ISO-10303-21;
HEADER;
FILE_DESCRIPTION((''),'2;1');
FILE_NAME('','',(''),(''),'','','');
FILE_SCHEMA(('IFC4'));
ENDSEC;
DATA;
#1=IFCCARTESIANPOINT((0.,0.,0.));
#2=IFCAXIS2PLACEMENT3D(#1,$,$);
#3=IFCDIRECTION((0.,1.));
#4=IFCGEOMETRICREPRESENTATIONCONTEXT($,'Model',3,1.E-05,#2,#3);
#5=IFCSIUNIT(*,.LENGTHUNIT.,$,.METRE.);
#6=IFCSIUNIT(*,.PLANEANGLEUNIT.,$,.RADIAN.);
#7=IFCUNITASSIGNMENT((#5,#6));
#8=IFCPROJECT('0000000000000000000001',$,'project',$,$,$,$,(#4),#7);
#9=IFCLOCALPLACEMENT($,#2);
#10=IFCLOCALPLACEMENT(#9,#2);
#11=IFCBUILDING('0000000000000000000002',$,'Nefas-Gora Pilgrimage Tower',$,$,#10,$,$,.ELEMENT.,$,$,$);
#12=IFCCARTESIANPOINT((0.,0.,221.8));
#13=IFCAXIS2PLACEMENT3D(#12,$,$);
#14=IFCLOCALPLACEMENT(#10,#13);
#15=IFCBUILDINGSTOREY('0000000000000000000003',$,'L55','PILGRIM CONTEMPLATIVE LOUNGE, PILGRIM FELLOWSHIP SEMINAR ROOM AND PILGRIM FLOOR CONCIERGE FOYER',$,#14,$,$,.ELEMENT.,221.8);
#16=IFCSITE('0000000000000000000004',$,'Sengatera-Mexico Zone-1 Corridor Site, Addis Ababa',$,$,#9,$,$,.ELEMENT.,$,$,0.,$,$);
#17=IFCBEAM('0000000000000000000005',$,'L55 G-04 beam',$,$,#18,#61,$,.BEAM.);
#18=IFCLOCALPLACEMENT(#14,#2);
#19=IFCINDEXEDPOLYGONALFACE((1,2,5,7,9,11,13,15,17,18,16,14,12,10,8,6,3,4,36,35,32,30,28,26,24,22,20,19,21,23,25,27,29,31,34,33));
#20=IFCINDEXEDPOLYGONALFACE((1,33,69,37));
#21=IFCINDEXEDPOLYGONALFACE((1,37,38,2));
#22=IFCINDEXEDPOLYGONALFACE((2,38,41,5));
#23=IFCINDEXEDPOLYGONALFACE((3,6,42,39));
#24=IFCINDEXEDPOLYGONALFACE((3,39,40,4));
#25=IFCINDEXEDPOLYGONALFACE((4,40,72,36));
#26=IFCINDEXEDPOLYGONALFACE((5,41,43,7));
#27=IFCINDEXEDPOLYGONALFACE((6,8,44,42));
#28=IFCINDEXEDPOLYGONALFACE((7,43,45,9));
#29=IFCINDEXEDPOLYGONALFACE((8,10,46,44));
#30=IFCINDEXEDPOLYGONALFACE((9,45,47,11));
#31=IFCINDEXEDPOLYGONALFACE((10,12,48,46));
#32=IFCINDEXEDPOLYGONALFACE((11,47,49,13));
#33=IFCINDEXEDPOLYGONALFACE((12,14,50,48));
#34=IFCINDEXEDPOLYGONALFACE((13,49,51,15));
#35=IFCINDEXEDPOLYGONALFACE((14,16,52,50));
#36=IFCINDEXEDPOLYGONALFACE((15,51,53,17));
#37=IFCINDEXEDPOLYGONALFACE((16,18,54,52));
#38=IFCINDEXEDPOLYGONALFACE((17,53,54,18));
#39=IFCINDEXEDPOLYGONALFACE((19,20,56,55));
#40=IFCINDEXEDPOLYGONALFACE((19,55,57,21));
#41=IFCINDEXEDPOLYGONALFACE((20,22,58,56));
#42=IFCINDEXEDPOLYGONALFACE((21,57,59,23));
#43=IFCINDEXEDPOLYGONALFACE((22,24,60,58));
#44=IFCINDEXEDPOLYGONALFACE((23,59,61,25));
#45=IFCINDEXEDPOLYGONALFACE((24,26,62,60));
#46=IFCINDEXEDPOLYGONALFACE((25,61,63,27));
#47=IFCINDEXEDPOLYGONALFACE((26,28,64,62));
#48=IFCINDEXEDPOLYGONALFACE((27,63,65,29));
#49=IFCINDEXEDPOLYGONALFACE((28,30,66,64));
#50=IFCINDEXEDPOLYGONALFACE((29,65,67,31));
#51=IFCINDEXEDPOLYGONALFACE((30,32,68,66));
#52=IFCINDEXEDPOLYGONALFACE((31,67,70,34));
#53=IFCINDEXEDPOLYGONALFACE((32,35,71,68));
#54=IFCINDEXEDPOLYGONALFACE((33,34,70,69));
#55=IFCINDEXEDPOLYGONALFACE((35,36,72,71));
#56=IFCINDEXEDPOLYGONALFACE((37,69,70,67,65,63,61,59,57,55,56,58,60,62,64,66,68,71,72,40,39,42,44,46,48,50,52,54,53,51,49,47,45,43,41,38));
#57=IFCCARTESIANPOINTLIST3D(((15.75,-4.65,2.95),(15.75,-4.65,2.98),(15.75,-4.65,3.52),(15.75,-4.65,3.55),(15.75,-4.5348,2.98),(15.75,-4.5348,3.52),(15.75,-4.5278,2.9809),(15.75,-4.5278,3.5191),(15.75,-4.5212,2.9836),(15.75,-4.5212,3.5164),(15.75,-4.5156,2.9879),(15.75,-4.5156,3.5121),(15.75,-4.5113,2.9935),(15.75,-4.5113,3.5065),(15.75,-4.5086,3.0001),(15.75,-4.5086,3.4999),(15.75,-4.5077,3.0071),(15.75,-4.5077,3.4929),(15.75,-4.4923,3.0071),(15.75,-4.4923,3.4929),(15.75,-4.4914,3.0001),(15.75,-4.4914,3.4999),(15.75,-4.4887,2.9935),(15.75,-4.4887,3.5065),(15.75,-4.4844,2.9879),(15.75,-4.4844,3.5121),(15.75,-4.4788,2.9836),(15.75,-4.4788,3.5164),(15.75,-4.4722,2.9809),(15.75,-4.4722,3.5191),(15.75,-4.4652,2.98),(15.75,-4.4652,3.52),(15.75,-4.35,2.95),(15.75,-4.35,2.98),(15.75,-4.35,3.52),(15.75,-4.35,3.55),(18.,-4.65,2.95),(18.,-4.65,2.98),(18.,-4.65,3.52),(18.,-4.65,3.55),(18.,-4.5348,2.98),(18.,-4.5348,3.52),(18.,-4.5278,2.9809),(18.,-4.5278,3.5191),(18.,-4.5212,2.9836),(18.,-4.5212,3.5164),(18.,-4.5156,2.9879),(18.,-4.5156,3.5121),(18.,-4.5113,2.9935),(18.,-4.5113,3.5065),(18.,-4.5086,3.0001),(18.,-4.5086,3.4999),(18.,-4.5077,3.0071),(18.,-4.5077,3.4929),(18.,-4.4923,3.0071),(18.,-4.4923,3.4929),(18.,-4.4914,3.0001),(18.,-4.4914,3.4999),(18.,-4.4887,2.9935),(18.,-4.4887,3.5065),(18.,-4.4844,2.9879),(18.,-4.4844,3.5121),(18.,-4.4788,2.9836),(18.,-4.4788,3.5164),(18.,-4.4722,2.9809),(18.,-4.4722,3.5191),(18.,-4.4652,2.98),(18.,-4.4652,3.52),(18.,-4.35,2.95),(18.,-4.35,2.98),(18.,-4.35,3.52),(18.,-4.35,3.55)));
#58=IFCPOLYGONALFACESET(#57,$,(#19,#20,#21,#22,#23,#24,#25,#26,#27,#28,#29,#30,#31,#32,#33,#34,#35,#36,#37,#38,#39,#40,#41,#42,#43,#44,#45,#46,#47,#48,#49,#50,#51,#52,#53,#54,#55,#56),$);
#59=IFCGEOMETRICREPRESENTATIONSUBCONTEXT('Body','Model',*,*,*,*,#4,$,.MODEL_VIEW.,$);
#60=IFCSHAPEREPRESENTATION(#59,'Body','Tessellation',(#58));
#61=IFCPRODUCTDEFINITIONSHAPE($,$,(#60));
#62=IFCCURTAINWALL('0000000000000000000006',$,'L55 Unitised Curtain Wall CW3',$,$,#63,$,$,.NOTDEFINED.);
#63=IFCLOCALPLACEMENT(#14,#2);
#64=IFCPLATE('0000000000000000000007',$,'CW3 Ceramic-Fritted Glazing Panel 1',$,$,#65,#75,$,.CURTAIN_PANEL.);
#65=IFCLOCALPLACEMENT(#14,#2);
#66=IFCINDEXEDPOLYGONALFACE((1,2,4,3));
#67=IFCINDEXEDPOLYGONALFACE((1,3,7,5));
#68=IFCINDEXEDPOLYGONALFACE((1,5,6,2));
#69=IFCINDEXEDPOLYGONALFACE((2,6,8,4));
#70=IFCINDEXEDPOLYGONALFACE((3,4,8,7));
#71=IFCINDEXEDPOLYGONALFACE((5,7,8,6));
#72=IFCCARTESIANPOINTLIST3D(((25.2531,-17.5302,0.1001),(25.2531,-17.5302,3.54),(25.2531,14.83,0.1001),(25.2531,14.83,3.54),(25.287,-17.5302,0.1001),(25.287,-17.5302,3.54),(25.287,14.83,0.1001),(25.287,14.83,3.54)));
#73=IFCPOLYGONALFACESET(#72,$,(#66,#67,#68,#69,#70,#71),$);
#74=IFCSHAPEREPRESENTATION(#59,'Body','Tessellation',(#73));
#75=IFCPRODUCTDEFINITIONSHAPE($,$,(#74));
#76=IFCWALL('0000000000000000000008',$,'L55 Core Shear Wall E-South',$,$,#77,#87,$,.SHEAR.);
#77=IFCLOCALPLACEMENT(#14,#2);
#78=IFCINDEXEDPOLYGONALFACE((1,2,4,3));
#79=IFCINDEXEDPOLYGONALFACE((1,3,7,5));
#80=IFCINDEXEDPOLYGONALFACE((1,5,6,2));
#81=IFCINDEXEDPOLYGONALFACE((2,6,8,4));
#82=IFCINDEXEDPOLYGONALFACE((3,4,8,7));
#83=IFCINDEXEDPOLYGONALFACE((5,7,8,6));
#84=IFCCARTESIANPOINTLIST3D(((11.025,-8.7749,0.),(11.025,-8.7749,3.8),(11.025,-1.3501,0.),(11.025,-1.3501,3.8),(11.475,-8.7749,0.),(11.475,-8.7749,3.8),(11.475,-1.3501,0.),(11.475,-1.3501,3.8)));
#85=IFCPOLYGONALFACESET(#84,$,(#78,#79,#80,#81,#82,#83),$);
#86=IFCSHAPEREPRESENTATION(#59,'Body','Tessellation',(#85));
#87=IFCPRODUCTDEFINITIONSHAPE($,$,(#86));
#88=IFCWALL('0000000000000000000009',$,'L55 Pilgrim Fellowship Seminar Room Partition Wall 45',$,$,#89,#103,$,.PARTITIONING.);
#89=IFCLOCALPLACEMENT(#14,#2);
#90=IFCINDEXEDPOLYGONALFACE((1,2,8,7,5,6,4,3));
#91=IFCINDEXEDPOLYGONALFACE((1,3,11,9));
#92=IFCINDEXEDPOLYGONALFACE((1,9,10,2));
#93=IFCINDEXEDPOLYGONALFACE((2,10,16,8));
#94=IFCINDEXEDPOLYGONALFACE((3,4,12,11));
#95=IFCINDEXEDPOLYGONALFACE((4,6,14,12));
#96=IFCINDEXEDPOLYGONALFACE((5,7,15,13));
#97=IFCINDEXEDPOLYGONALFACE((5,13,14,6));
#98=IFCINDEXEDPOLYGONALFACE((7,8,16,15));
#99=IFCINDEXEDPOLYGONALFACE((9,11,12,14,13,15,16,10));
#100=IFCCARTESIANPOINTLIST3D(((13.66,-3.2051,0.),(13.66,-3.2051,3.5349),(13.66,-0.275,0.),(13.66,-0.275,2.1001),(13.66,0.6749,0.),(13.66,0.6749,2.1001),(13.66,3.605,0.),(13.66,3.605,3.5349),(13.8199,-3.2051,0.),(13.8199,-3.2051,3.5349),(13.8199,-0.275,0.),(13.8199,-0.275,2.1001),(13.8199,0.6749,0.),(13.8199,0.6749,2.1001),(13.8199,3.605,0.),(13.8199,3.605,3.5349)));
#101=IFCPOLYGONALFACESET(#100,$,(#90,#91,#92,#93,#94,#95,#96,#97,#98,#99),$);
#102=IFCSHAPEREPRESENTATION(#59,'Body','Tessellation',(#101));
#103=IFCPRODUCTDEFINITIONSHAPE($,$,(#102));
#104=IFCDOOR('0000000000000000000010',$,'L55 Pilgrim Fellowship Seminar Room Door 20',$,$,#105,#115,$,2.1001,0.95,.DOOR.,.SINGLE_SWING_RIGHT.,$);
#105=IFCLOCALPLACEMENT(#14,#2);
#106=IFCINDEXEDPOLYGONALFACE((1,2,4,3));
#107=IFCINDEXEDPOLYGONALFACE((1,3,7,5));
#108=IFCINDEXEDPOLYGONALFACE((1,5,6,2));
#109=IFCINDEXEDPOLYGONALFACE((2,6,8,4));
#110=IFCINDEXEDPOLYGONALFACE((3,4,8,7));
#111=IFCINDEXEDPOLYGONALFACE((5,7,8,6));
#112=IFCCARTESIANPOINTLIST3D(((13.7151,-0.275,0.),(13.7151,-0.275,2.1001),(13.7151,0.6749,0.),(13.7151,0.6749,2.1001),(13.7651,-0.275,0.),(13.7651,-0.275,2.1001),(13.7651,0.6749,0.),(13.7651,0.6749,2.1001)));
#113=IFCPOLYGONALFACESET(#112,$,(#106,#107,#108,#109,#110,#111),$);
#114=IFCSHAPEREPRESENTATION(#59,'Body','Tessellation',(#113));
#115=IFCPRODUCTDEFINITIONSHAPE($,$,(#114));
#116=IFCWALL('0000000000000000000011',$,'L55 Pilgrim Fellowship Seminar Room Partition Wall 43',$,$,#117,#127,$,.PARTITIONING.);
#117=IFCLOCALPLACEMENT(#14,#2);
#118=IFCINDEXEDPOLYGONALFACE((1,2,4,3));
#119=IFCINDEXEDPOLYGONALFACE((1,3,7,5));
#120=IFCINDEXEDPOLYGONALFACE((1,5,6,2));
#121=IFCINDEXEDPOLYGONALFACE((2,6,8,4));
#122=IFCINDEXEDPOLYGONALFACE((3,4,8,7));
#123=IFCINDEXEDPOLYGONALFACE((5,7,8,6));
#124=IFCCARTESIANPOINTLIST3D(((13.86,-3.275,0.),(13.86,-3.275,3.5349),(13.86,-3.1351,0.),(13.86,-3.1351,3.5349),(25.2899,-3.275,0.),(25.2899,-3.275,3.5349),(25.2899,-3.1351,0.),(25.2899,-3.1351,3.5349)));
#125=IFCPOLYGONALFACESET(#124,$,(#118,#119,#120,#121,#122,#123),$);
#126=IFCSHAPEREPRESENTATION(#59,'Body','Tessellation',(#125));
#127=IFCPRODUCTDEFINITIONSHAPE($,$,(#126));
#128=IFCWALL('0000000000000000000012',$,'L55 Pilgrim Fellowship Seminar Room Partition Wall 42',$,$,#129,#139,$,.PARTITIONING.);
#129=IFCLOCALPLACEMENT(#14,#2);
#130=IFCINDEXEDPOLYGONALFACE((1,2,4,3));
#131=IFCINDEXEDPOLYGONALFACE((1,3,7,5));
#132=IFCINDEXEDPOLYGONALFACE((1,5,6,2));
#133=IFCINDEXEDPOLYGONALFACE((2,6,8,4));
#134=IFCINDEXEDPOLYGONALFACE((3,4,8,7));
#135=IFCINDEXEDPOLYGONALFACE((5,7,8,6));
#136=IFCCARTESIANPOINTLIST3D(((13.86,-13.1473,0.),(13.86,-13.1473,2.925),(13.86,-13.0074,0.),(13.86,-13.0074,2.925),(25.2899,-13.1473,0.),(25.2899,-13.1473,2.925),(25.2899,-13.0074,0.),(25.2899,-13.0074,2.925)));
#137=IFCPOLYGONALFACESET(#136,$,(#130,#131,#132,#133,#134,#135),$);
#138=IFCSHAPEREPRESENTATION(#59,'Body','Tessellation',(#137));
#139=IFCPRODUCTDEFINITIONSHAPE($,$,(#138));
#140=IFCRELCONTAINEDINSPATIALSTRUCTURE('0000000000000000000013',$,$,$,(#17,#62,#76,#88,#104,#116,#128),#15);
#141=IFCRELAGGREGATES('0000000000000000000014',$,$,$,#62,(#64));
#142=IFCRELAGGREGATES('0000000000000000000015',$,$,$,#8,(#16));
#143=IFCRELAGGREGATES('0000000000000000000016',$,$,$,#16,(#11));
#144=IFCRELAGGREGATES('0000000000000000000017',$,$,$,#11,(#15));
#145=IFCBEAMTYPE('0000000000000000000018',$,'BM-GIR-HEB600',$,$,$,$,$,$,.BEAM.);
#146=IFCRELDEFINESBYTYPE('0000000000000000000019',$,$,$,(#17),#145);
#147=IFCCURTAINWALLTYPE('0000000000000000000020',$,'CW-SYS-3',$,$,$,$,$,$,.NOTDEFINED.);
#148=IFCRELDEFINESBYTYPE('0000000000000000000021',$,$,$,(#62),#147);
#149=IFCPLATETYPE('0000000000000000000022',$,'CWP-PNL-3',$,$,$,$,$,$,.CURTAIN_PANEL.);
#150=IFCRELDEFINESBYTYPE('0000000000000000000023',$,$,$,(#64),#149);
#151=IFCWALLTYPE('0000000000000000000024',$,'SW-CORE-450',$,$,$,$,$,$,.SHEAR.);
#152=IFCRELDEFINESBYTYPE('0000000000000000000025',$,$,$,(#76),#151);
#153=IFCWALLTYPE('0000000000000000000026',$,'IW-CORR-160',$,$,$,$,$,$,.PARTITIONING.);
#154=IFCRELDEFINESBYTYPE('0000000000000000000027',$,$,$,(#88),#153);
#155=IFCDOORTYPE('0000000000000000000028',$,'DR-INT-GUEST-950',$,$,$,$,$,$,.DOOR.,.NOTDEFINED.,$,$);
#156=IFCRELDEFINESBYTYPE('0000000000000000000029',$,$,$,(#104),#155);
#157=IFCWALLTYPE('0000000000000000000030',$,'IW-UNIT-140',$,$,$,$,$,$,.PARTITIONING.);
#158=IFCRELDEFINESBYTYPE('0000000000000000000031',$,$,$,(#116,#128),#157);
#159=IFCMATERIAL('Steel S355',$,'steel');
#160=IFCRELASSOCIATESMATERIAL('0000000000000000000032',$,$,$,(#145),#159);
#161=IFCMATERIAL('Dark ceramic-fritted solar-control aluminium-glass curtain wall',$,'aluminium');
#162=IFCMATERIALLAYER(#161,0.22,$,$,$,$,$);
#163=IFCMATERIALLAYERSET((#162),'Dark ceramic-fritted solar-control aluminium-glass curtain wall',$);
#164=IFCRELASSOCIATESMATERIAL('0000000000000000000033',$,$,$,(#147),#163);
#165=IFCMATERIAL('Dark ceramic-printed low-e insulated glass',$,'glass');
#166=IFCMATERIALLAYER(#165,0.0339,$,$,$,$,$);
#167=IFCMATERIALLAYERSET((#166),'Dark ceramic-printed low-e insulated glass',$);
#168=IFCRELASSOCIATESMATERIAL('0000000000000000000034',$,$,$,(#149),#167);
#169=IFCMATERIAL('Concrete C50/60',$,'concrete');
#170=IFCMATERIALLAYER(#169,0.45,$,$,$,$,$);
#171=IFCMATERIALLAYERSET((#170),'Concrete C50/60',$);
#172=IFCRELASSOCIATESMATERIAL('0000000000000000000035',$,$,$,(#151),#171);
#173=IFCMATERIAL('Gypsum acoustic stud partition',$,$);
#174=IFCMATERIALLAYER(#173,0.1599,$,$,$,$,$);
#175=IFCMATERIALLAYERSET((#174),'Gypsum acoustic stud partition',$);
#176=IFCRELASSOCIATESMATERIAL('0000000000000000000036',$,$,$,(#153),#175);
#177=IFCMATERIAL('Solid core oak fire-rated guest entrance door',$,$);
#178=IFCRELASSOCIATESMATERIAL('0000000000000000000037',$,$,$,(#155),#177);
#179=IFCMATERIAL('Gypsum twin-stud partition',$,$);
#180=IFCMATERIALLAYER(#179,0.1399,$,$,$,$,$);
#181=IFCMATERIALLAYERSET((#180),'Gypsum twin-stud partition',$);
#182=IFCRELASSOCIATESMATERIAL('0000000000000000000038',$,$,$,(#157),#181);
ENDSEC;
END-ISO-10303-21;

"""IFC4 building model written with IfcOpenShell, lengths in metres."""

from ifc_helpers import new_model, si_unit, direction, frame, frame_2d, origin, origin_2d, place, context, subcontext, project, spatial, rectangle, i_section, extrude, source, transform, mapped, material, layer, layer_set, material_profile, profile_set, type_object, element, fill, aggregate, save


model = new_model("IFC4")

# Units and contexts
model_context = context("Model", 3, precision=1e-05, world=origin(), true_north=direction((0.0, 1.0)))
body_context = subcontext(model_context, "Body", "Model", "MODEL_VIEW")
ifc_project = project(units=[si_unit("LENGTHUNIT", "METRE"), si_unit("PLANEANGLEUNIT", "RADIAN")], contexts=[model_context])

# Site, building, storey
site_placement = place(None, origin())
site = spatial("IfcSite", under=ifc_project, at=site_placement, Name="Sengatera-Mexico Zone-1 Corridor Site, Addis Ababa", CompositionType="ELEMENT", RefElevation=0.0)
building_placement = place(site_placement, origin())
building = spatial("IfcBuilding", under=site, at=building_placement, Name="Nefas-Gora Pilgrimage Tower", CompositionType="ELEMENT")
storey_placement = place(building_placement, frame((0.0, 0.0, 221.8)))
storey = spatial("IfcBuildingStorey", under=building, at=storey_placement, Name="L55", Description="PILGRIM CONTEMPLATIVE LOUNGE, PILGRIM FELLOWSHIP SEMINAR ROOM AND PILGRIM FLOOR CONCIERGE FOYER", CompositionType="ELEMENT", Elevation=221.8)

# Beam
ifc_material_1 = material(Name="Concrete C50/60", Category="concrete")
ifc_material_2 = material(Name="Steel S355", Category="steel")
ifc_material_profile_1 = material_profile(ifc_material_2, i_section(OverallWidth=0.3, OverallDepth=0.6001, WebThickness=0.0154, FlangeThickness=0.03, FilletRadius=0.0271, at=origin_2d()), Name="HEB 600")
ifc_profile_set_1 = profile_set([ifc_material_profile_1], Name="Steel S355")
beam_type_1 = type_object("IfcBeamType", Name="BM-GIR-HEB600", PredefinedType="BEAM", material=ifc_profile_set_1)
shared_shape_1 = source(origin(), body_context, "Body", "SweptSolid", [
    extrude(i_section(OverallWidth=0.3, OverallDepth=0.6001, WebThickness=0.0154, FlangeThickness=0.03, FilletRadius=0.0271, at=origin_2d()), origin(), (0.0, 0.0, 1.0), 2.25),
])
for number, where, z_axis, x_axis, name in (
    (1, (15.75, -4.5, 3.25), (1.0, 0.0, 0.0), (0.0, 1.0, 0.0), "L55 G-04 beam"),
):
    element("IfcBeam", number, at=place(storey_placement, frame(where, z_axis=z_axis, x_axis=x_axis)), inside=storey, type_object=beam_type_1, Name=name, PredefinedType="BEAM", context=body_context, shape_type="MappedRepresentation", body=[
        mapped(shared_shape_1, transform((0.0, 0.0, 0.0), x_axis=(1.0, 0.0, 0.0), y_axis=(0.0, 1.0, 0.0), z_axis=(0.0, 0.0, 1.0), scale=1.0)),
    ])

# Curtain wall, plate
ifc_material_3 = material(Name="Dark ceramic-fritted solar-control aluminium-glass curtain wall", Category="aluminium")
ifc_layer_1 = layer(ifc_material_3, 0.22)
ifc_layer_set_1 = layer_set([ifc_layer_1], Name="Dark ceramic-fritted solar-control aluminium-glass curtain wall")
curtain_wall_type = type_object("IfcCurtainWallType", Name="CW-SYS-3", PredefinedType="NOTDEFINED", material=ifc_layer_set_1)
curtain_wall_placement = place(storey_placement, origin())
curtain_wall = element("IfcCurtainWall", 2, at=curtain_wall_placement, inside=storey, type_object=curtain_wall_type, Name="L55 Unitised Curtain Wall CW3", PredefinedType="NOTDEFINED")
ifc_material_4 = material(Name="Dark ceramic-printed low-e insulated glass", Category="glass")
ifc_layer_2 = layer(ifc_material_4, 0.0339)
ifc_layer_set_2 = layer_set([ifc_layer_2], Name="Dark ceramic-printed low-e insulated glass")
plate_type = type_object("IfcPlateType", Name="CWP-PNL-3", PredefinedType="CURTAIN_PANEL", material=ifc_layer_set_2)
shared_shape_2 = source(origin(), body_context, "Body", "SweptSolid", [
    extrude(rectangle(XDim=32.3601, YDim=0.0339, at=origin_2d()), origin(), (0.0, 0.0, 1.0), 3.4399),
])
plate_placement = place(storey_placement, frame((25.27, -1.3501, 0.1001), z_axis=(0.0, 0.0, 1.0), x_axis=(0.0, 1.0, 0.0)))
plate = element("IfcPlate", 3, at=plate_placement, type_object=plate_type, Name="CW3 Ceramic-Fritted Glazing Panel 1", PredefinedType="CURTAIN_PANEL", context=body_context, shape_type="MappedRepresentation", body=[
    mapped(shared_shape_2, transform((0.0, 0.0, 0.0), x_axis=(1.0, 0.0, 0.0), y_axis=(0.0, 1.0, 0.0), z_axis=(0.0, 0.0, 1.0), scale=1.0)),
])
aggregate(curtain_wall, [plate])

# Wall
ifc_layer_3 = layer(ifc_material_1, 0.45)
ifc_layer_set_3 = layer_set([ifc_layer_3], Name="Concrete C50/60")
wall_type_1 = type_object("IfcWallType", Name="SW-CORE-450", PredefinedType="SHEAR", material=ifc_layer_set_3)
shared_shape_3 = source(origin(), body_context, "Body", "SweptSolid", [
    extrude(rectangle(XDim=7.4248, YDim=0.45, at=frame_2d((3.7124, 0.0))), origin(), (0.0, 0.0, 1.0), 3.8),
])
wall_1_placement = place(storey_placement, frame((11.25, -8.7749, 0.0), z_axis=(0.0, 0.0, 1.0), x_axis=(0.0, 1.0, 0.0)))
element("IfcWall", 4, at=wall_1_placement, inside=storey, type_object=wall_type_1, Name="L55 Core Shear Wall E-South", PredefinedType="SHEAR", context=body_context, shape_type="MappedRepresentation", body=[
    mapped(shared_shape_3, transform((0.0, 0.0, 0.0), x_axis=(1.0, 0.0, 0.0), y_axis=(0.0, 1.0, 0.0), z_axis=(0.0, 0.0, 1.0), scale=1.0)),
])

# Wall, opening, door
ifc_material_5 = material(Name="Gypsum acoustic stud partition")
ifc_layer_4 = layer(ifc_material_5, 0.1599)
ifc_layer_set_4 = layer_set([ifc_layer_4], Name="Gypsum acoustic stud partition")
wall_type_2 = type_object("IfcWallType", Name="IW-CORR-160", PredefinedType="PARTITIONING", material=ifc_layer_set_4)
shared_shape_4 = source(origin(), body_context, "Body", "SweptSolid", [
    extrude(rectangle(XDim=6.8101, YDim=0.1599, at=frame_2d((3.405, 0.0))), origin(), (0.0, 0.0, 1.0), 3.5349),
])
wall_2_placement = place(storey_placement, frame((13.74, -3.2051, 0.0), z_axis=(0.0, 0.0, 1.0), x_axis=(0.0, 1.0, 0.0)))
wall_2 = element("IfcWall", 5, at=wall_2_placement, inside=storey, type_object=wall_type_2, Name="L55 Pilgrim Fellowship Seminar Room Partition Wall 45", PredefinedType="PARTITIONING", context=body_context, shape_type="MappedRepresentation", body=[
    mapped(shared_shape_4, transform((0.0, 0.0, 0.0), x_axis=(1.0, 0.0, 0.0), y_axis=(0.0, 1.0, 0.0), z_axis=(0.0, 0.0, 1.0), scale=1.0)),
])
opening_1_placement = place(wall_2_placement, frame((2.9299, 0.0, 0.0)))
opening_1 = element("IfcOpeningElement", 6, at=opening_1_placement, cuts=wall_2, PredefinedType="OPENING", context=body_context, shape_type="SweptSolid", body=[
    extrude(rectangle(XDim=0.95, YDim=2.1001, at=frame_2d((0.4751, 1.05))), frame((0.0, 0.0898, 0.0), z_axis=(0.0, -1.0, 0.0), x_axis=(1.0, 0.0, 0.0)), (0.0, 0.0, 1.0), 0.1799),
])
ifc_material_6 = material(Name="Solid core oak fire-rated guest entrance door")
door_type_1 = type_object("IfcDoorType", Name="DR-INT-GUEST-950", OperationType="NOTDEFINED", PredefinedType="DOOR", material=ifc_material_6)
shared_shape_5 = source(origin(), body_context, "Body", "SweptSolid", [
    extrude(rectangle(XDim=0.95, YDim=2.1001, at=frame_2d((0.4751, 1.05))), frame((0.0, 0.0249, 0.0), z_axis=(0.0, -1.0, 0.0), x_axis=(1.0, 0.0, 0.0)), (0.0, 0.0, 1.0), 0.05),
])
door_1_placement = place(opening_1_placement, origin())
door_1 = element("IfcDoor", 7, at=door_1_placement, inside=storey, type_object=door_type_1, Name="L55 Pilgrim Fellowship Seminar Room Door 20", OperationType="SINGLE_SWING_RIGHT", OverallHeight=2.1001, OverallWidth=0.95, PredefinedType="DOOR", context=body_context, shape_type="MappedRepresentation", body=[
    mapped(shared_shape_5, transform((0.0, 0.0, 0.0), x_axis=(1.0, 0.0, 0.0), y_axis=(0.0, 1.0, 0.0), z_axis=(0.0, 0.0, 1.0), scale=1.0)),
])
fill(opening_1, door_1)

# Wall
ifc_material_7 = material(Name="Gypsum twin-stud partition")
ifc_layer_5 = layer(ifc_material_7, 0.1399)
ifc_layer_set_5 = layer_set([ifc_layer_5], Name="Gypsum twin-stud partition")
wall_type_3 = type_object("IfcWallType", Name="IW-UNIT-140", PredefinedType="PARTITIONING", material=ifc_layer_set_5)
shared_shape_6 = source(origin(), body_context, "Body", "SweptSolid", [
    extrude(rectangle(XDim=11.4299, YDim=0.1399, at=frame_2d((5.7148, 0.0))), origin(), (0.0, 0.0, 1.0), 3.5349),
])
wall_3_placement = place(storey_placement, frame((13.8601, -3.2051, 0.0), z_axis=(0.0, 0.0, 1.0), x_axis=(1.0, 0.0, 0.0)))
element("IfcWall", 8, at=wall_3_placement, inside=storey, type_object=wall_type_3, Name="L55 Pilgrim Fellowship Seminar Room Partition Wall 43", PredefinedType="PARTITIONING", context=body_context, shape_type="MappedRepresentation", body=[
    mapped(shared_shape_6, transform((0.0, 0.0, 0.0), x_axis=(1.0, 0.0, 0.0), y_axis=(0.0, 1.0, 0.0), z_axis=(0.0, 0.0, 1.0), scale=1.0)),
])

# Wall
shared_shape_7 = source(origin(), body_context, "Body", "SweptSolid", [
    extrude(rectangle(XDim=11.4299, YDim=0.1399, at=frame_2d((5.7148, 0.0))), origin(), (0.0, 0.0, 1.0), 2.925),
])
wall_4_placement = place(storey_placement, frame((13.8601, -13.0774, 0.0), z_axis=(0.0, 0.0, 1.0), x_axis=(1.0, 0.0, 0.0)))
element("IfcWall", 9, at=wall_4_placement, inside=storey, type_object=wall_type_3, Name="L55 Pilgrim Fellowship Seminar Room Partition Wall 42", PredefinedType="PARTITIONING", context=body_context, shape_type="MappedRepresentation", body=[
    mapped(shared_shape_7, transform((0.0, 0.0, 0.0), x_axis=(1.0, 0.0, 0.0), y_axis=(0.0, 1.0, 0.0), z_axis=(0.0, 0.0, 1.0), scale=1.0)),
])

save(model, "model.ifc")
